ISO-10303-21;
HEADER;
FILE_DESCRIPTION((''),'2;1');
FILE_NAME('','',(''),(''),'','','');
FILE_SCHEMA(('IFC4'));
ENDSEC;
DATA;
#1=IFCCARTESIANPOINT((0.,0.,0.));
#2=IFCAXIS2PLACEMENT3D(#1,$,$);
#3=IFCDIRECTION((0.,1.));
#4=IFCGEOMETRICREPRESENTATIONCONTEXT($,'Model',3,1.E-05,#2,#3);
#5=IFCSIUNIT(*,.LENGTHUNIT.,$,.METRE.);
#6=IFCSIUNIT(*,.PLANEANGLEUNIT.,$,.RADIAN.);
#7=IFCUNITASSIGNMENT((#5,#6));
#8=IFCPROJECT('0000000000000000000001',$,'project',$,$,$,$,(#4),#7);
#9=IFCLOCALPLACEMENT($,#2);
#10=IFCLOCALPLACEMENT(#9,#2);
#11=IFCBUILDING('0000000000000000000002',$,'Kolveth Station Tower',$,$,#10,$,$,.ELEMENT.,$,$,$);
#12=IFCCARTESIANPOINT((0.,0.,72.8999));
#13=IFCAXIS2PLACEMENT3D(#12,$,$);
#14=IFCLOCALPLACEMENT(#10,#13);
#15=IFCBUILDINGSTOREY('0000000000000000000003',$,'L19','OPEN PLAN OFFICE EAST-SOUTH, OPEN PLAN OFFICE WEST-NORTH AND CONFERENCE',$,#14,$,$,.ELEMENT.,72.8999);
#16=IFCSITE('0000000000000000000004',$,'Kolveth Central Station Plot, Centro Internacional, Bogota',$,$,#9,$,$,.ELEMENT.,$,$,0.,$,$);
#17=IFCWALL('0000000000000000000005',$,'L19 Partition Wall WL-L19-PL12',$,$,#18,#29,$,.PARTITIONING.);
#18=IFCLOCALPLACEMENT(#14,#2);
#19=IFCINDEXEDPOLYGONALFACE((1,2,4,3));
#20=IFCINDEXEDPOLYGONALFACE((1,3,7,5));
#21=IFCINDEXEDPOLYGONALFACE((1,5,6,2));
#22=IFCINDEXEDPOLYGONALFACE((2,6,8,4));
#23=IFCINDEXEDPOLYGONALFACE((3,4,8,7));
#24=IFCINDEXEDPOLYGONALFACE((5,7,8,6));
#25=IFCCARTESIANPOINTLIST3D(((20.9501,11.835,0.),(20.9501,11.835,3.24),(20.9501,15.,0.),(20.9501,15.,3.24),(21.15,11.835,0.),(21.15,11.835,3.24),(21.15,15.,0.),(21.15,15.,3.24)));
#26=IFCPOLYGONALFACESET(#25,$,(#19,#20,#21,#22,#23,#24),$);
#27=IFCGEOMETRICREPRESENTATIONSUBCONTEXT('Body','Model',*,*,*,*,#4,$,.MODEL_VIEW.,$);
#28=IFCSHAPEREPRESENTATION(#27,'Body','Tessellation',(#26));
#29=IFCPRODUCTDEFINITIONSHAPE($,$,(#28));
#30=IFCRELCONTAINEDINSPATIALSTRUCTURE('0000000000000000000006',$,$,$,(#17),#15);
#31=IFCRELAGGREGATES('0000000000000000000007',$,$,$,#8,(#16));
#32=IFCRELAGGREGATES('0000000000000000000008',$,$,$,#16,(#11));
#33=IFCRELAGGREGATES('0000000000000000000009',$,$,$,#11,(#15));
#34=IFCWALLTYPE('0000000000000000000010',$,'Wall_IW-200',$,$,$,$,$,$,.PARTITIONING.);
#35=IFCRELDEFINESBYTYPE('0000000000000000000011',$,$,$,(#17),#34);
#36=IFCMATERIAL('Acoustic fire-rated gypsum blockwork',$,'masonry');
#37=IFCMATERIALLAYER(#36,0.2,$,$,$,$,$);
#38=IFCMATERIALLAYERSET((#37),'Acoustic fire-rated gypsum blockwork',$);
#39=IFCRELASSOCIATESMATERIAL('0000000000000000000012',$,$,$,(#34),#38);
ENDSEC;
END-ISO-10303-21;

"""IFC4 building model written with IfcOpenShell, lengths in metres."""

from ifc_helpers import new_model, si_unit, direction, frame, frame_2d, origin, place, context, subcontext, project, spatial, rectangle, extrude, material, layer, layer_set, type_object, element, save


model = new_model("IFC4")

# Units and contexts
model_context = context("Model", 3, precision=1e-05, world=origin(), true_north=direction((0.0, 1.0)))
body_context = subcontext(model_context, "Body", "Model", "MODEL_VIEW")
ifc_project = project(units=[si_unit("LENGTHUNIT", "METRE"), si_unit("PLANEANGLEUNIT", "RADIAN")], contexts=[model_context])

# Site, building, storey
site_placement = place(None, origin())
site = spatial("IfcSite", under=ifc_project, at=site_placement, Name="Kolveth Central Station Plot, Centro Internacional, Bogota", CompositionType="ELEMENT", RefElevation=0.0)
building_placement = place(site_placement, origin())
building = spatial("IfcBuilding", under=site, at=building_placement, Name="Kolveth Station Tower", CompositionType="ELEMENT")
storey_placement = place(building_placement, frame((0.0, 0.0, 72.8999)))
storey = spatial("IfcBuildingStorey", under=building, at=storey_placement, Name="L19", Description="OPEN PLAN OFFICE EAST-SOUTH, OPEN PLAN OFFICE WEST-NORTH AND CONFERENCE", CompositionType="ELEMENT", Elevation=72.8999)

# Shared definitions
ifc_material_1 = material(Name="Acoustic fire-rated gypsum blockwork", Category="masonry")
ifc_layer_1 = layer(ifc_material_1, 0.2)
ifc_layer_set_1 = layer_set([ifc_layer_1], Name="Acoustic fire-rated gypsum blockwork")
wall_type_1 = type_object("IfcWallType", Name="Wall_IW-200", PredefinedType="PARTITIONING", material=ifc_layer_set_1)

# Wall
wall_1_placement = place(storey_placement, frame((21.05, 11.835, 0.0), z_axis=(0.0, 0.0, 1.0), x_axis=(0.0, 1.0, 0.0)))
element("IfcWall", 1, at=wall_1_placement, inside=storey, type_object=wall_type_1, Name="L19 Partition Wall WL-L19-PL12", PredefinedType="PARTITIONING", context=body_context, shape_type="SweptSolid", body=[
    extrude(rectangle(XDim=3.165, YDim=0.2, at=frame_2d((1.5825, 0.0))), origin(), (0.0, 0.0, 1.0), 3.24),
])

save(model, "model.ifc")
